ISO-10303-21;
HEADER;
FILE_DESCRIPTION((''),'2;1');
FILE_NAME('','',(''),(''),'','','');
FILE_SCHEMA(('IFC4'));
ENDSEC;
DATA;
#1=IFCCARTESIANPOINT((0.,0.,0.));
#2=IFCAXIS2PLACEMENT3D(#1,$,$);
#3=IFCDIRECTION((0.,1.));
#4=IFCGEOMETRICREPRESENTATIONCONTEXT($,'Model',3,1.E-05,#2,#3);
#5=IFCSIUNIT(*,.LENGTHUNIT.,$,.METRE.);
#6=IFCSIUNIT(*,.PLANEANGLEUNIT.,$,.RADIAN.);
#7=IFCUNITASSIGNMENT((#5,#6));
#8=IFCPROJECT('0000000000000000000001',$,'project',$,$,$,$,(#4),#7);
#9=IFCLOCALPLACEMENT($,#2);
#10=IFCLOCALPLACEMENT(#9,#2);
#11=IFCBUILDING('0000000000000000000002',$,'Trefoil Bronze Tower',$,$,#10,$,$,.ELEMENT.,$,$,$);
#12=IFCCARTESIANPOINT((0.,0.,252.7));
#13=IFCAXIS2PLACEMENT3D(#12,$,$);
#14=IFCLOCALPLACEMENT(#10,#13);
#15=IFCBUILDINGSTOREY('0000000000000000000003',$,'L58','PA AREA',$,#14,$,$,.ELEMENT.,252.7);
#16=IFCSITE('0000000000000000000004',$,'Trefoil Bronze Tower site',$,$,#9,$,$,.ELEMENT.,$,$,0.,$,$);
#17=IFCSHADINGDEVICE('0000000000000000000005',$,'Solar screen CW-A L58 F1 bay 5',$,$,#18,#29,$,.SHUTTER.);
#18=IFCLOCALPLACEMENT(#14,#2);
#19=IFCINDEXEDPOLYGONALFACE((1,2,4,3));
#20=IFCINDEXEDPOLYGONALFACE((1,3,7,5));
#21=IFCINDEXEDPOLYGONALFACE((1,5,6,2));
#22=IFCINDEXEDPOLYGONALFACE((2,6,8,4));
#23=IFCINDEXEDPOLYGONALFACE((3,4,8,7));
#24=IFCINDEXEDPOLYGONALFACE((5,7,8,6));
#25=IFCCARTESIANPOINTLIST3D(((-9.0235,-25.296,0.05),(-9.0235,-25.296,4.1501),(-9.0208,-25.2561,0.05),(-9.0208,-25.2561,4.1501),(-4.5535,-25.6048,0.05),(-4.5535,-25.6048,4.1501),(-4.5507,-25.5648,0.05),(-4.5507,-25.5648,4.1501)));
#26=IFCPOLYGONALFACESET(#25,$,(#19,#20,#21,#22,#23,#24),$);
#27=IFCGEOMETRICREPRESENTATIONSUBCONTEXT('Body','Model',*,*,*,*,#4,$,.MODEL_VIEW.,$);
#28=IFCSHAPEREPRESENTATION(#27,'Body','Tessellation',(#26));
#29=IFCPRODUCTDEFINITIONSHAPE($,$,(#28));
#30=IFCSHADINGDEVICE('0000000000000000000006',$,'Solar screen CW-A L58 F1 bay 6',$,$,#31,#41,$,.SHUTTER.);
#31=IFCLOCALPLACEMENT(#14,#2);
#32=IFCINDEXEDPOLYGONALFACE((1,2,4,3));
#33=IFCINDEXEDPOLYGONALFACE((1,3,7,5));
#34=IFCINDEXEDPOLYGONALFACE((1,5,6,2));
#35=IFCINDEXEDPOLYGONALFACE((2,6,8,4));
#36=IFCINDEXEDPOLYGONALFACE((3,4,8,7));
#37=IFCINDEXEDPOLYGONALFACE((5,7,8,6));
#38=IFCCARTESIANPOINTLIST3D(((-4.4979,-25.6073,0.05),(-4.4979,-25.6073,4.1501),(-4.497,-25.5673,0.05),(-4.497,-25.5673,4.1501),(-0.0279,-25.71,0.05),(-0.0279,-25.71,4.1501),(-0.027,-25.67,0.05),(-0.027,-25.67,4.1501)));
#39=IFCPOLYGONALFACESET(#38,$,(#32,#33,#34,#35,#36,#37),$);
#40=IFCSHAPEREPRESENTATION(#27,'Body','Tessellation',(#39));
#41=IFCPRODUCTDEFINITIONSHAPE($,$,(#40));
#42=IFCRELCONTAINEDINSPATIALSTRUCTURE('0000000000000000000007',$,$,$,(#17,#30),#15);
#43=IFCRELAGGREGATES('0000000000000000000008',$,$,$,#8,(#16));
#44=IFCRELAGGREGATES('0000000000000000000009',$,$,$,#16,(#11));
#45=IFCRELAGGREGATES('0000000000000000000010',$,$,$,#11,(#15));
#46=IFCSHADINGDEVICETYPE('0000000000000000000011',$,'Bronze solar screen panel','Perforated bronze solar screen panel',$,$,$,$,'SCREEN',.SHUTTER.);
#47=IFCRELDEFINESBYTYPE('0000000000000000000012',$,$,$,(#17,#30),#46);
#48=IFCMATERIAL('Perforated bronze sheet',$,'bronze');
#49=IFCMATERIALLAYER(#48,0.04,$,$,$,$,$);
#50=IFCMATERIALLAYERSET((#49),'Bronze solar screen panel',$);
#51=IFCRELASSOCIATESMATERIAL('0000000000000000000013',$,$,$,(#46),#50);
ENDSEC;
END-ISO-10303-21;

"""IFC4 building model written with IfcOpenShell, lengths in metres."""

from ifc_helpers import new_model, si_unit, direction, frame, origin, origin_2d, place, context, subcontext, project, spatial, rectangle, extrude, material, layer, layer_set, type_object, element, save


model = new_model("IFC4")

# Units and contexts
model_context = context("Model", 3, precision=1e-05, world=origin(), true_north=direction((0.0, 1.0)))
body_context = subcontext(model_context, "Body", "Model", "MODEL_VIEW")
ifc_project = project(units=[si_unit("LENGTHUNIT", "METRE"), si_unit("PLANEANGLEUNIT", "RADIAN")], contexts=[model_context])

# Site, building, storey
site_placement = place(None, origin())
site = spatial("IfcSite", under=ifc_project, at=site_placement, Name="Trefoil Bronze Tower site", CompositionType="ELEMENT", RefElevation=0.0)
building_placement = place(site_placement, origin())
building = spatial("IfcBuilding", under=site, at=building_placement, Name="Trefoil Bronze Tower", CompositionType="ELEMENT")
storey_placement = place(building_placement, frame((0.0, 0.0, 252.7)))
storey = spatial("IfcBuildingStorey", under=building, at=storey_placement, Name="L58", Description="PA AREA", CompositionType="ELEMENT", Elevation=252.7)

# Shading devices
ifc_material_1 = material(Name="Perforated bronze sheet", Category="bronze")
ifc_layer_1 = layer(ifc_material_1, 0.04)
ifc_layer_set_1 = layer_set([ifc_layer_1], Name="Bronze solar screen panel")
shading_device_type = type_object("IfcShadingDeviceType", Name="Bronze solar screen panel", Description="Perforated bronze solar screen panel", ElementType="SCREEN", PredefinedType="SHUTTER", material=ifc_layer_set_1)
shading_device_1_placement = place(storey_placement, frame((-6.7871, -25.4304, 0.05), z_axis=(0.0, 0.0, 1.0), x_axis=(0.997623, -0.068915, 0.0)))
element("IfcShadingDevice", 1, at=shading_device_1_placement, inside=storey, type_object=shading_device_type, Name="Solar screen CW-A L58 F1 bay 5", PredefinedType="SHUTTER", context=body_context, shape_type="SweptSolid", body=[
    extrude(rectangle(XDim=4.4807, YDim=0.04, at=origin_2d()), origin(), (0.0, 0.0, 1.0), 4.1001),
])
shading_device_2_placement = place(storey_placement, frame((-2.2625, -25.6387, 0.05), z_axis=(0.0, 0.0, 1.0), x_axis=(0.999736, -0.022972, 0.0)))
element("IfcShadingDevice", 2, at=shading_device_2_placement, inside=storey, type_object=shading_device_type, Name="Solar screen CW-A L58 F1 bay 6", PredefinedType="SHUTTER", context=body_context, shape_type="SweptSolid", body=[
    extrude(rectangle(XDim=4.4712, YDim=0.04, at=origin_2d()), origin(), (0.0, 0.0, 1.0), 4.1001),
])

save(model, "model.ifc")
